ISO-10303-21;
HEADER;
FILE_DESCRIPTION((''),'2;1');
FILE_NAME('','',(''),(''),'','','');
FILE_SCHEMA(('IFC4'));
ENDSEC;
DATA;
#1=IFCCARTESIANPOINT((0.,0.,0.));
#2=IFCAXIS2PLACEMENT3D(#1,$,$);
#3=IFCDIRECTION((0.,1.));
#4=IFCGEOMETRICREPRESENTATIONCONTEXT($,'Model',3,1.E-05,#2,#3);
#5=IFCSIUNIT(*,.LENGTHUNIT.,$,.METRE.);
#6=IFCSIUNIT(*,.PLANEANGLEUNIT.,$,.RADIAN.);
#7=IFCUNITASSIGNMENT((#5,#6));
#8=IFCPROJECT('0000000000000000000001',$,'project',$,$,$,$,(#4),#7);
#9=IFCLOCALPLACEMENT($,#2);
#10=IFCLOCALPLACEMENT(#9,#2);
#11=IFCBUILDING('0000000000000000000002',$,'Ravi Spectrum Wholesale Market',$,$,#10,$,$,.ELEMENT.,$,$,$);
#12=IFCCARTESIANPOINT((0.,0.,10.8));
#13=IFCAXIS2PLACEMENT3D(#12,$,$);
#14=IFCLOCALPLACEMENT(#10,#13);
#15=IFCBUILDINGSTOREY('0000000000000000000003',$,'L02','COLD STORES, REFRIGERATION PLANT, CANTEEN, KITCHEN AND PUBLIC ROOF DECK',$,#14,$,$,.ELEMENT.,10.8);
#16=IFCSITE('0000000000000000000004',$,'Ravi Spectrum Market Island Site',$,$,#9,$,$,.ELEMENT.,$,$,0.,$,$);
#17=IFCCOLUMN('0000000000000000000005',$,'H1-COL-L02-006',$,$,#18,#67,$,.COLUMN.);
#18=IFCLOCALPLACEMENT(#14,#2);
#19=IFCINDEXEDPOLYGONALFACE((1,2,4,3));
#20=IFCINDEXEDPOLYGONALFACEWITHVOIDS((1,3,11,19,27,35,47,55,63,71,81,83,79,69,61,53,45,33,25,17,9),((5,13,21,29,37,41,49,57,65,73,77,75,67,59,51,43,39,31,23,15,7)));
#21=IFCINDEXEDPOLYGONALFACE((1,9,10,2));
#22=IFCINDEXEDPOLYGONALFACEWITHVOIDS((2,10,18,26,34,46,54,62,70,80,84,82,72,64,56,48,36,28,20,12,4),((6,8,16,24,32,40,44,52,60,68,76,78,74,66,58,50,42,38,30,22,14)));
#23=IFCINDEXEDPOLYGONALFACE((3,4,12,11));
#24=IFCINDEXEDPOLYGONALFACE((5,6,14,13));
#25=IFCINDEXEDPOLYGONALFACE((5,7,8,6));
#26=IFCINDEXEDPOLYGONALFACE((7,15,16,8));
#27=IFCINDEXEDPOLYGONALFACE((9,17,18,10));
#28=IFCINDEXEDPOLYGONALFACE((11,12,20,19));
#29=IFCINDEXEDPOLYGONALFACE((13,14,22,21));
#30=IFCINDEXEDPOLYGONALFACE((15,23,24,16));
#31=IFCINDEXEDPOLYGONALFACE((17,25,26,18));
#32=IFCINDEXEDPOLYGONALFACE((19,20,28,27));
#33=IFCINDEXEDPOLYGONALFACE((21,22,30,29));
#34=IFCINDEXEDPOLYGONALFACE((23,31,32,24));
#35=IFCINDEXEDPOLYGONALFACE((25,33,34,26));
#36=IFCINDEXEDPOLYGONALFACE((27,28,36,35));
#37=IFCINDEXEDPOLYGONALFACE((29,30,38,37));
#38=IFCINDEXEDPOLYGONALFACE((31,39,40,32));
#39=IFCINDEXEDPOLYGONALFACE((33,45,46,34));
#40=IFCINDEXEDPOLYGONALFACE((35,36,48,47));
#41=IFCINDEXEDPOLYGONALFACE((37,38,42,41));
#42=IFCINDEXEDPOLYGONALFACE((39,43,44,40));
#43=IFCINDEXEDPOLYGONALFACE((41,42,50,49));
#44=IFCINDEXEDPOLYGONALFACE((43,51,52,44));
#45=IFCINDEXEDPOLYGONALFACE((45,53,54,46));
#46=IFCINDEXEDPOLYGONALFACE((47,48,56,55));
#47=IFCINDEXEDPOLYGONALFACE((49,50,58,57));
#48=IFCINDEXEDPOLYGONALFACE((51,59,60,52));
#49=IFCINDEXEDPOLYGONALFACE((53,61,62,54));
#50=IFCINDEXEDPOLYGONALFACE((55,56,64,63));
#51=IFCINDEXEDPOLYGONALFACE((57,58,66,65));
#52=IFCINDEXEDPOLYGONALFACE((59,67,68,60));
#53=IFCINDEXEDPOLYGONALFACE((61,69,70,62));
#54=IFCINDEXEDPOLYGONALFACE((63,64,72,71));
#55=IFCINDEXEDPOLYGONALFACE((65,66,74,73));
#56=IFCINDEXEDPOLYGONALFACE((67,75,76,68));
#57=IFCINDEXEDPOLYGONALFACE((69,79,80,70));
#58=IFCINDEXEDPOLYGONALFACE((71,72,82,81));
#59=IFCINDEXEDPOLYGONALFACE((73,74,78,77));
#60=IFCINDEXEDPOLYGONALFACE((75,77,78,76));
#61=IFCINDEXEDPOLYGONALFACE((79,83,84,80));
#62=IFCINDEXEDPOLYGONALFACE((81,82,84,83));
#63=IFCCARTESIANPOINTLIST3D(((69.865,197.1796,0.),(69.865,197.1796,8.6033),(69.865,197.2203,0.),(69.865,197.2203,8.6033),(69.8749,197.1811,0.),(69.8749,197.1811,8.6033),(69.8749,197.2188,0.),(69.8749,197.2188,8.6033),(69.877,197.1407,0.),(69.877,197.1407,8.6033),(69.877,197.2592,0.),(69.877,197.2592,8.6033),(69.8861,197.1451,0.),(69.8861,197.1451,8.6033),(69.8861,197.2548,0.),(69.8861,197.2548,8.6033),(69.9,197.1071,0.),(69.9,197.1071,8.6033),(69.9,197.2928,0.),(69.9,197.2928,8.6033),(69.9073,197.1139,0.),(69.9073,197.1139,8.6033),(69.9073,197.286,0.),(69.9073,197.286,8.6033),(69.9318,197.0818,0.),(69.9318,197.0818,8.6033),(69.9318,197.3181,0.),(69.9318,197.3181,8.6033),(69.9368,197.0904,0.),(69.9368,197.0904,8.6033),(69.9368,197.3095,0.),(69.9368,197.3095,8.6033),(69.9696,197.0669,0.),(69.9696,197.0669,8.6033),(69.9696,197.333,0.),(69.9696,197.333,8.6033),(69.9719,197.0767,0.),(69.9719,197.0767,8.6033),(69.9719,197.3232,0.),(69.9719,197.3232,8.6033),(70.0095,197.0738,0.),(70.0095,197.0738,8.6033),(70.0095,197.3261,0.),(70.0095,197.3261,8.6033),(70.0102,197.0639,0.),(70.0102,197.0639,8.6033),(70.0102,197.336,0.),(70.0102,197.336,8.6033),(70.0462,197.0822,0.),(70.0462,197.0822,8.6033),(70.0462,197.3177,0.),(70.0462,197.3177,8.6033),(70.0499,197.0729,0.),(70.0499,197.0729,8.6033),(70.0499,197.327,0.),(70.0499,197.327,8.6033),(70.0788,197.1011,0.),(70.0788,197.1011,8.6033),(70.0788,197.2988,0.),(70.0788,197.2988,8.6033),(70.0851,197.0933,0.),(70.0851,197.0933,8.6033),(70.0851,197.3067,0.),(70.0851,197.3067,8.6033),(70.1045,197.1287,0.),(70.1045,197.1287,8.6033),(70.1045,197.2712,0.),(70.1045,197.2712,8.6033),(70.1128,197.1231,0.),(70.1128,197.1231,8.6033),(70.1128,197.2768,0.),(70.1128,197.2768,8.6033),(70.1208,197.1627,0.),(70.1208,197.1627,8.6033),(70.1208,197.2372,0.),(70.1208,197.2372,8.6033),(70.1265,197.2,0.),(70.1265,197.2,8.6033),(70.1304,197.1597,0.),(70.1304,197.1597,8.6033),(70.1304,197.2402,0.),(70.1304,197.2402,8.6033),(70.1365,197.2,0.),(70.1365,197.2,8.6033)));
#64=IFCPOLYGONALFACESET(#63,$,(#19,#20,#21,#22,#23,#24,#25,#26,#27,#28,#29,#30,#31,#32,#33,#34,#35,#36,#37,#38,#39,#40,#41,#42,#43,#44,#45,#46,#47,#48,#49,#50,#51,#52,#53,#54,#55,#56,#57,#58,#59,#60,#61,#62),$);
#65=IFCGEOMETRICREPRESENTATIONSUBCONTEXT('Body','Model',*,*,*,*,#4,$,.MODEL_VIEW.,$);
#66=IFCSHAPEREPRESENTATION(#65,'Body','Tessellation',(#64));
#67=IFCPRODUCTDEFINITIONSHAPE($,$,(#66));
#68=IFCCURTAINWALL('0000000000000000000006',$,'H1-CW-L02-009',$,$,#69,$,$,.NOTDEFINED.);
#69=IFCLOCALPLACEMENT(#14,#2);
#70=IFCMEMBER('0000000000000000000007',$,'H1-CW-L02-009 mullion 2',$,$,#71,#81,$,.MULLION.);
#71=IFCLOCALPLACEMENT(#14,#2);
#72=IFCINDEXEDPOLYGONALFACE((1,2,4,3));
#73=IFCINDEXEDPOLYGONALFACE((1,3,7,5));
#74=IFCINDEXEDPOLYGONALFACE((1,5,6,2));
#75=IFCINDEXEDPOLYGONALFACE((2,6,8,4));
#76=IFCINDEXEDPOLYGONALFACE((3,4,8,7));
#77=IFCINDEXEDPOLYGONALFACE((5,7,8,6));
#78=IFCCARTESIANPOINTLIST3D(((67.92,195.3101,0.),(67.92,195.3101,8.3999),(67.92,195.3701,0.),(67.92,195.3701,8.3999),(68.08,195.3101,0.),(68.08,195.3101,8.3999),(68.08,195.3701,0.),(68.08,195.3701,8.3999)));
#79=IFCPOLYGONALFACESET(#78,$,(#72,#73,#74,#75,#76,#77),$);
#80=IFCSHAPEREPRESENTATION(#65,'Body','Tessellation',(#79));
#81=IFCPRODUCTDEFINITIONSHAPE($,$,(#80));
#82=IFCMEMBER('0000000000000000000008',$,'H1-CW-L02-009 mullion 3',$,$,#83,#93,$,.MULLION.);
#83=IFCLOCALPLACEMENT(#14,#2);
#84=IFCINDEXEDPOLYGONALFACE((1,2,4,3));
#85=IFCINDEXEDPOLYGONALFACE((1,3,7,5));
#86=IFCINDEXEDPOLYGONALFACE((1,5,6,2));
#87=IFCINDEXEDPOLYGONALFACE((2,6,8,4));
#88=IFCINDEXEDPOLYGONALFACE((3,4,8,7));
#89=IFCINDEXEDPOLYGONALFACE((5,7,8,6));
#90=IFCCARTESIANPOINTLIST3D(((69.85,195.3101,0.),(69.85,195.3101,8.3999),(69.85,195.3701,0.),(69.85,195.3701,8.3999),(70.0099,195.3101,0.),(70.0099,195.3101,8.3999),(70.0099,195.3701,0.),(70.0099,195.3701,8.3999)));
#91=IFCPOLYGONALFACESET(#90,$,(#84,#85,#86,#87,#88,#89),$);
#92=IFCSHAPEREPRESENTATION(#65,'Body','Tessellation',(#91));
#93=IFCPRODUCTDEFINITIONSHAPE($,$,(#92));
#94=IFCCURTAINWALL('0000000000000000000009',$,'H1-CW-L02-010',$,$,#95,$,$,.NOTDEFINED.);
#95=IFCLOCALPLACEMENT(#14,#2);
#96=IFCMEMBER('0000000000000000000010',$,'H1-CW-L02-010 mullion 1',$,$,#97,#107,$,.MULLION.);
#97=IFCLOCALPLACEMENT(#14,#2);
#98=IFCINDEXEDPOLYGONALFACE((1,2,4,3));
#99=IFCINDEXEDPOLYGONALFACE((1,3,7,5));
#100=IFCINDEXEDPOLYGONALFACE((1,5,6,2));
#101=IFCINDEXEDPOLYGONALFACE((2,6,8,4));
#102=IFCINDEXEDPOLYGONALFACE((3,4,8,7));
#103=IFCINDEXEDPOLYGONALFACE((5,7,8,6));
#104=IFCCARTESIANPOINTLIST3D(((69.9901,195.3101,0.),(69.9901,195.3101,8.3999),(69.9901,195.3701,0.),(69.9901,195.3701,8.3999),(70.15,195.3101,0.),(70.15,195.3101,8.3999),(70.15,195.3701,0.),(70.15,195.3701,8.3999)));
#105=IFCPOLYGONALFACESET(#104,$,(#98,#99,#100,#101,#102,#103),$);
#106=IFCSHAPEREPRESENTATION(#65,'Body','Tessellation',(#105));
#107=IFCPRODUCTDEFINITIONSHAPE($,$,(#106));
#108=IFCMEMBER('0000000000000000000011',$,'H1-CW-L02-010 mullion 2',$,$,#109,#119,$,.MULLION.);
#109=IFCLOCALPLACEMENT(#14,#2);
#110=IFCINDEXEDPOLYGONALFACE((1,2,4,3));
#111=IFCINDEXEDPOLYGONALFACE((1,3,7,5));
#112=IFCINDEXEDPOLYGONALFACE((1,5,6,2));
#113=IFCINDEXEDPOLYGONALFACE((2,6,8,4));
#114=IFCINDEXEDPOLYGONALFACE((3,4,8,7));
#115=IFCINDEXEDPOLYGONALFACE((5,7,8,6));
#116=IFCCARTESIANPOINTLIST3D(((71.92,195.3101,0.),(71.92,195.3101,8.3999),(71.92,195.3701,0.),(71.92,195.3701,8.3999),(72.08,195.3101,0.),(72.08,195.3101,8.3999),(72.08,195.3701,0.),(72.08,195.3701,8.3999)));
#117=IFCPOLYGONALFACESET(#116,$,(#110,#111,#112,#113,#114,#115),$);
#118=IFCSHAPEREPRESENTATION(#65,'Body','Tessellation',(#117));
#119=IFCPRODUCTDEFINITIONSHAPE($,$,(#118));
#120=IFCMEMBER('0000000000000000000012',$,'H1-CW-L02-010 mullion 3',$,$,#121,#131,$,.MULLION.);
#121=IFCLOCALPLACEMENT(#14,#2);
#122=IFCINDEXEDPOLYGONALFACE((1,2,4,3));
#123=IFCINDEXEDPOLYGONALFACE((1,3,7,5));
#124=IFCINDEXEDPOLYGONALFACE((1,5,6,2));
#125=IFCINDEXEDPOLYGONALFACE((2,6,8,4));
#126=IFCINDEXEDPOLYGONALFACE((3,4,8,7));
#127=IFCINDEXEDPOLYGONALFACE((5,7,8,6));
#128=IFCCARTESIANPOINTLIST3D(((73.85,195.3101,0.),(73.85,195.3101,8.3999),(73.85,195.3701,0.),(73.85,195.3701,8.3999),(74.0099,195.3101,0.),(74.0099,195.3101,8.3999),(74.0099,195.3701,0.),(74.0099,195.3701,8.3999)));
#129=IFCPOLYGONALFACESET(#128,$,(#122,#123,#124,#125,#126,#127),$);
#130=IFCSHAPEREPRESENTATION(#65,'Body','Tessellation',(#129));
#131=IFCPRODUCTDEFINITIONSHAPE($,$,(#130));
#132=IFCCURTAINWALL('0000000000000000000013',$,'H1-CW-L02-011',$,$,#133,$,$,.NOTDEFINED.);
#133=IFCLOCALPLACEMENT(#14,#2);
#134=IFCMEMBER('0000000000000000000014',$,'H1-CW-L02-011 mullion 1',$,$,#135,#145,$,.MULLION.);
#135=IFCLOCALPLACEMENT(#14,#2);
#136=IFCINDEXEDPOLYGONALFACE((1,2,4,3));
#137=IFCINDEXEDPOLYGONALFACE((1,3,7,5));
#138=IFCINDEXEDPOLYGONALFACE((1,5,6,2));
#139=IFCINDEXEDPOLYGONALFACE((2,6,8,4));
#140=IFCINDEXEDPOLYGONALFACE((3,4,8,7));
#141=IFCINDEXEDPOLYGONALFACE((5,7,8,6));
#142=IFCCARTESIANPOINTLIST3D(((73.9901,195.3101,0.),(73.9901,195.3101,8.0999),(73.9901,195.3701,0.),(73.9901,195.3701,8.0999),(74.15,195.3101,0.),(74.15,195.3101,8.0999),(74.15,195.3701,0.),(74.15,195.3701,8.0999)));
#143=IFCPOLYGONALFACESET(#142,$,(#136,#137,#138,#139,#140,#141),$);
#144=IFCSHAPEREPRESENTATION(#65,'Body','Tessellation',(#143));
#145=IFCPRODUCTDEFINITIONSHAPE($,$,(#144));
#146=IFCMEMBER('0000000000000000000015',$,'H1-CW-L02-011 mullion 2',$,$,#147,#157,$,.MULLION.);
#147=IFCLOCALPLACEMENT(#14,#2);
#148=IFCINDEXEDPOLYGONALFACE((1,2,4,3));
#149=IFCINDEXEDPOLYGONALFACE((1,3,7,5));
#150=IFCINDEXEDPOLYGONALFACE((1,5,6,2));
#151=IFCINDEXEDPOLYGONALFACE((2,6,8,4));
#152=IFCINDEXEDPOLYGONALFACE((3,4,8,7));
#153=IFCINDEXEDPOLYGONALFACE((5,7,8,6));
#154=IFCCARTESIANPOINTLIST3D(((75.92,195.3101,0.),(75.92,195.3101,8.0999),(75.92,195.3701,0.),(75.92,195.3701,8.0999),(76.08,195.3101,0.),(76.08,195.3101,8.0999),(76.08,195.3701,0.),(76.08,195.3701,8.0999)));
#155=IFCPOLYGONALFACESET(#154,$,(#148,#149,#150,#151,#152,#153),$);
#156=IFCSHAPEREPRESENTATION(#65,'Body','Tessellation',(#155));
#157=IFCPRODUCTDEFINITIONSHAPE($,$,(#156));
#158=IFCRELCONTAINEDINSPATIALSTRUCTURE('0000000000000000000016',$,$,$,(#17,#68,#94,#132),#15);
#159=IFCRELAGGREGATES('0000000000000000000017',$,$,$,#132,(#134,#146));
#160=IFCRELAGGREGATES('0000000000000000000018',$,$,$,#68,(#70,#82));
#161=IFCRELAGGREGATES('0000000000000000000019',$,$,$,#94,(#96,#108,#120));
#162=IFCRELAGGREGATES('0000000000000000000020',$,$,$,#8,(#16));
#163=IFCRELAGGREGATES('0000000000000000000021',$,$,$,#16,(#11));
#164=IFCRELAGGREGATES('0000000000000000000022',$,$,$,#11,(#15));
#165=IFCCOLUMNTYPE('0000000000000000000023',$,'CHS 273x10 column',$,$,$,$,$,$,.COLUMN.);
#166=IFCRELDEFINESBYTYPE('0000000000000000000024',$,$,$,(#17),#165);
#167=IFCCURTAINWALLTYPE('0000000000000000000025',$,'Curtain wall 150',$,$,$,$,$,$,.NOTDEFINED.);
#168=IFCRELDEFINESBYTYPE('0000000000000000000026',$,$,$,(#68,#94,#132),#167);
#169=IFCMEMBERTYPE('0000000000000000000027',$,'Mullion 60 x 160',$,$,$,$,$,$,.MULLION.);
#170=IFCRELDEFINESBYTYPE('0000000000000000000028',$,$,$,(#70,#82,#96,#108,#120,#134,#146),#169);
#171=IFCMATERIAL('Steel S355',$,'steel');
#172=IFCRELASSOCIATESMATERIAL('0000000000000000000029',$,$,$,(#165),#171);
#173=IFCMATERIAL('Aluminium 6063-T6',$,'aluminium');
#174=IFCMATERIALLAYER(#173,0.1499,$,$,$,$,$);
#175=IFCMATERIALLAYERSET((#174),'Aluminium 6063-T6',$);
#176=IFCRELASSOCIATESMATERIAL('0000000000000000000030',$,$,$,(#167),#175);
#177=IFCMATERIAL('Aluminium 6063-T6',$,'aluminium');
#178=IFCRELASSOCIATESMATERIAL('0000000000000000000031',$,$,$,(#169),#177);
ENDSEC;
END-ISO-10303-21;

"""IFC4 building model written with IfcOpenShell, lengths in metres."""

from ifc_helpers import new_model, si_unit, direction, frame, origin, origin_2d, place, context, subcontext, project, spatial, rectangle, hollow_circle, extrude, material, layer, layer_set, material_profile, profile_set, type_object, element, aggregate, save


model = new_model("IFC4")

# Units and contexts
model_context = context("Model", 3, precision=1e-05, world=origin(), true_north=direction((0.0, 1.0)))
body_context = subcontext(model_context, "Body", "Model", "MODEL_VIEW")
ifc_project = project(units=[si_unit("LENGTHUNIT", "METRE"), si_unit("PLANEANGLEUNIT", "RADIAN")], contexts=[model_context])

# Site, building, storey
site_placement = place(None, origin())
site = spatial("IfcSite", under=ifc_project, at=site_placement, Name="Ravi Spectrum Market Island Site", CompositionType="ELEMENT", RefElevation=0.0)
building_placement = place(site_placement, origin())
building = spatial("IfcBuilding", under=site, at=building_placement, Name="Ravi Spectrum Wholesale Market", CompositionType="ELEMENT")
storey_placement = place(building_placement, frame((0.0, 0.0, 10.8)))
storey = spatial("IfcBuildingStorey", under=building, at=storey_placement, Name="L02", Description="COLD STORES, REFRIGERATION PLANT, CANTEEN, KITCHEN AND PUBLIC ROOF DECK", CompositionType="ELEMENT", Elevation=10.8)

# Column
ifc_material_1 = material(Name="Steel S355", Category="steel")
ifc_material_profile_1 = material_profile(ifc_material_1, hollow_circle(Radius=0.1365, WallThickness=0.01, at=origin_2d()))
ifc_profile_set_1 = profile_set([ifc_material_profile_1], Name="Steel S355")
column_type = type_object("IfcColumnType", Name="CHS 273x10 column", PredefinedType="COLUMN", material=ifc_profile_set_1)
column_placement = place(storey_placement, frame((70.0, 197.2, 0.0), z_axis=(0.0, 0.0, 1.0), x_axis=(1.0, 0.0, 0.0)))
element("IfcColumn", 1, at=column_placement, inside=storey, type_object=column_type, Name="H1-COL-L02-006", PredefinedType="COLUMN", context=body_context, shape_type="SweptSolid", body=[
    extrude(hollow_circle(Radius=0.1365, WallThickness=0.01, at=origin_2d()), origin(), (0.0, 0.0, 1.0), 8.6033),
])

# Curtain walls, members
ifc_material_2 = material(Name="Aluminium 6063-T6", Category="aluminium")
ifc_layer_1 = layer(ifc_material_2, 0.1499)
ifc_layer_set_1 = layer_set([ifc_layer_1], Name="Aluminium 6063-T6")
curtain_wall_type = type_object("IfcCurtainWallType", Name="Curtain wall 150", PredefinedType="NOTDEFINED", material=ifc_layer_set_1)
curtain_wall_1_placement = place(storey_placement, origin())
curtain_wall_1 = element("IfcCurtainWall", 2, at=curtain_wall_1_placement, inside=storey, type_object=curtain_wall_type, Name="H1-CW-L02-009", PredefinedType="NOTDEFINED")
ifc_material_3 = material(Name="Aluminium 6063-T6", Category="aluminium")
ifc_material_profile_2 = material_profile(ifc_material_3, rectangle(XDim=0.0601, YDim=0.1599, at=origin_2d()))
ifc_profile_set_2 = profile_set([ifc_material_profile_2], Name="Aluminium 6063-T6")
member_type_1 = type_object("IfcMemberType", Name="Mullion 60 x 160", PredefinedType="MULLION", material=ifc_profile_set_2)
member_1_placement = place(storey_placement, frame((68.0, 195.3401, 0.0), z_axis=(0.0, 0.0, 1.0), x_axis=(0.0, 1.0, 0.0)))
member_1 = element("IfcMember", 3, at=member_1_placement, type_object=member_type_1, Name="H1-CW-L02-009 mullion 2", PredefinedType="MULLION", context=body_context, shape_type="SweptSolid", body=[
    extrude(rectangle(XDim=0.0601, YDim=0.1599, at=origin_2d()), origin(), (0.0, 0.0, 1.0), 8.3999),
])
member_2_placement = place(storey_placement, frame((69.9299, 195.3401, 0.0), z_axis=(0.0, 0.0, 1.0), x_axis=(0.0, 1.0, 0.0)))
member_2 = element("IfcMember", 4, at=member_2_placement, type_object=member_type_1, Name="H1-CW-L02-009 mullion 3", PredefinedType="MULLION", context=body_context, shape_type="SweptSolid", body=[
    extrude(rectangle(XDim=0.0601, YDim=0.1599, at=origin_2d()), origin(), (0.0, 0.0, 1.0), 8.3999),
])
curtain_wall_2_placement = place(storey_placement, origin())
curtain_wall_2 = element("IfcCurtainWall", 5, at=curtain_wall_2_placement, inside=storey, type_object=curtain_wall_type, Name="H1-CW-L02-010", PredefinedType="NOTDEFINED")
member_3_placement = place(storey_placement, frame((70.0701, 195.3401, 0.0), z_axis=(0.0, 0.0, 1.0), x_axis=(0.0, 1.0, 0.0)))
member_3 = element("IfcMember", 6, at=member_3_placement, type_object=member_type_1, Name="H1-CW-L02-010 mullion 1", PredefinedType="MULLION", context=body_context, shape_type="SweptSolid", body=[
    extrude(rectangle(XDim=0.0601, YDim=0.1599, at=origin_2d()), origin(), (0.0, 0.0, 1.0), 8.3999),
])
member_4_placement = place(storey_placement, frame((72.0, 195.3401, 0.0), z_axis=(0.0, 0.0, 1.0), x_axis=(0.0, 1.0, 0.0)))
member_4 = element("IfcMember", 7, at=member_4_placement, type_object=member_type_1, Name="H1-CW-L02-010 mullion 2", PredefinedType="MULLION", context=body_context, shape_type="SweptSolid", body=[
    extrude(rectangle(XDim=0.0601, YDim=0.1599, at=origin_2d()), origin(), (0.0, 0.0, 1.0), 8.3999),
])
member_5_placement = place(storey_placement, frame((73.9299, 195.3401, 0.0), z_axis=(0.0, 0.0, 1.0), x_axis=(0.0, 1.0, 0.0)))
member_5 = element("IfcMember", 8, at=member_5_placement, type_object=member_type_1, Name="H1-CW-L02-010 mullion 3", PredefinedType="MULLION", context=body_context, shape_type="SweptSolid", body=[
    extrude(rectangle(XDim=0.0601, YDim=0.1599, at=origin_2d()), origin(), (0.0, 0.0, 1.0), 8.3999),
])
curtain_wall_3_placement = place(storey_placement, origin())
curtain_wall_3 = element("IfcCurtainWall", 9, at=curtain_wall_3_placement, inside=storey, type_object=curtain_wall_type, Name="H1-CW-L02-011", PredefinedType="NOTDEFINED")
member_6_placement = place(storey_placement, frame((74.0701, 195.3401, 0.0), z_axis=(0.0, 0.0, 1.0), x_axis=(0.0, 1.0, 0.0)))
member_6 = element("IfcMember", 10, at=member_6_placement, type_object=member_type_1, Name="H1-CW-L02-011 mullion 1", PredefinedType="MULLION", context=body_context, shape_type="SweptSolid", body=[
    extrude(rectangle(XDim=0.0601, YDim=0.1599, at=origin_2d()), origin(), (0.0, 0.0, 1.0), 8.0999),
])
member_7_placement = place(storey_placement, frame((76.0, 195.3401, 0.0), z_axis=(0.0, 0.0, 1.0), x_axis=(0.0, 1.0, 0.0)))
member_7 = element("IfcMember", 11, at=member_7_placement, type_object=member_type_1, Name="H1-CW-L02-011 mullion 2", PredefinedType="MULLION", context=body_context, shape_type="SweptSolid", body=[
    extrude(rectangle(XDim=0.0601, YDim=0.1599, at=origin_2d()), origin(), (0.0, 0.0, 1.0), 8.0999),
])

aggregate(curtain_wall_3, [member_6, member_7])
aggregate(curtain_wall_1, [member_1, member_2])
aggregate(curtain_wall_2, [member_3, member_4, member_5])

save(model, "model.ifc")
